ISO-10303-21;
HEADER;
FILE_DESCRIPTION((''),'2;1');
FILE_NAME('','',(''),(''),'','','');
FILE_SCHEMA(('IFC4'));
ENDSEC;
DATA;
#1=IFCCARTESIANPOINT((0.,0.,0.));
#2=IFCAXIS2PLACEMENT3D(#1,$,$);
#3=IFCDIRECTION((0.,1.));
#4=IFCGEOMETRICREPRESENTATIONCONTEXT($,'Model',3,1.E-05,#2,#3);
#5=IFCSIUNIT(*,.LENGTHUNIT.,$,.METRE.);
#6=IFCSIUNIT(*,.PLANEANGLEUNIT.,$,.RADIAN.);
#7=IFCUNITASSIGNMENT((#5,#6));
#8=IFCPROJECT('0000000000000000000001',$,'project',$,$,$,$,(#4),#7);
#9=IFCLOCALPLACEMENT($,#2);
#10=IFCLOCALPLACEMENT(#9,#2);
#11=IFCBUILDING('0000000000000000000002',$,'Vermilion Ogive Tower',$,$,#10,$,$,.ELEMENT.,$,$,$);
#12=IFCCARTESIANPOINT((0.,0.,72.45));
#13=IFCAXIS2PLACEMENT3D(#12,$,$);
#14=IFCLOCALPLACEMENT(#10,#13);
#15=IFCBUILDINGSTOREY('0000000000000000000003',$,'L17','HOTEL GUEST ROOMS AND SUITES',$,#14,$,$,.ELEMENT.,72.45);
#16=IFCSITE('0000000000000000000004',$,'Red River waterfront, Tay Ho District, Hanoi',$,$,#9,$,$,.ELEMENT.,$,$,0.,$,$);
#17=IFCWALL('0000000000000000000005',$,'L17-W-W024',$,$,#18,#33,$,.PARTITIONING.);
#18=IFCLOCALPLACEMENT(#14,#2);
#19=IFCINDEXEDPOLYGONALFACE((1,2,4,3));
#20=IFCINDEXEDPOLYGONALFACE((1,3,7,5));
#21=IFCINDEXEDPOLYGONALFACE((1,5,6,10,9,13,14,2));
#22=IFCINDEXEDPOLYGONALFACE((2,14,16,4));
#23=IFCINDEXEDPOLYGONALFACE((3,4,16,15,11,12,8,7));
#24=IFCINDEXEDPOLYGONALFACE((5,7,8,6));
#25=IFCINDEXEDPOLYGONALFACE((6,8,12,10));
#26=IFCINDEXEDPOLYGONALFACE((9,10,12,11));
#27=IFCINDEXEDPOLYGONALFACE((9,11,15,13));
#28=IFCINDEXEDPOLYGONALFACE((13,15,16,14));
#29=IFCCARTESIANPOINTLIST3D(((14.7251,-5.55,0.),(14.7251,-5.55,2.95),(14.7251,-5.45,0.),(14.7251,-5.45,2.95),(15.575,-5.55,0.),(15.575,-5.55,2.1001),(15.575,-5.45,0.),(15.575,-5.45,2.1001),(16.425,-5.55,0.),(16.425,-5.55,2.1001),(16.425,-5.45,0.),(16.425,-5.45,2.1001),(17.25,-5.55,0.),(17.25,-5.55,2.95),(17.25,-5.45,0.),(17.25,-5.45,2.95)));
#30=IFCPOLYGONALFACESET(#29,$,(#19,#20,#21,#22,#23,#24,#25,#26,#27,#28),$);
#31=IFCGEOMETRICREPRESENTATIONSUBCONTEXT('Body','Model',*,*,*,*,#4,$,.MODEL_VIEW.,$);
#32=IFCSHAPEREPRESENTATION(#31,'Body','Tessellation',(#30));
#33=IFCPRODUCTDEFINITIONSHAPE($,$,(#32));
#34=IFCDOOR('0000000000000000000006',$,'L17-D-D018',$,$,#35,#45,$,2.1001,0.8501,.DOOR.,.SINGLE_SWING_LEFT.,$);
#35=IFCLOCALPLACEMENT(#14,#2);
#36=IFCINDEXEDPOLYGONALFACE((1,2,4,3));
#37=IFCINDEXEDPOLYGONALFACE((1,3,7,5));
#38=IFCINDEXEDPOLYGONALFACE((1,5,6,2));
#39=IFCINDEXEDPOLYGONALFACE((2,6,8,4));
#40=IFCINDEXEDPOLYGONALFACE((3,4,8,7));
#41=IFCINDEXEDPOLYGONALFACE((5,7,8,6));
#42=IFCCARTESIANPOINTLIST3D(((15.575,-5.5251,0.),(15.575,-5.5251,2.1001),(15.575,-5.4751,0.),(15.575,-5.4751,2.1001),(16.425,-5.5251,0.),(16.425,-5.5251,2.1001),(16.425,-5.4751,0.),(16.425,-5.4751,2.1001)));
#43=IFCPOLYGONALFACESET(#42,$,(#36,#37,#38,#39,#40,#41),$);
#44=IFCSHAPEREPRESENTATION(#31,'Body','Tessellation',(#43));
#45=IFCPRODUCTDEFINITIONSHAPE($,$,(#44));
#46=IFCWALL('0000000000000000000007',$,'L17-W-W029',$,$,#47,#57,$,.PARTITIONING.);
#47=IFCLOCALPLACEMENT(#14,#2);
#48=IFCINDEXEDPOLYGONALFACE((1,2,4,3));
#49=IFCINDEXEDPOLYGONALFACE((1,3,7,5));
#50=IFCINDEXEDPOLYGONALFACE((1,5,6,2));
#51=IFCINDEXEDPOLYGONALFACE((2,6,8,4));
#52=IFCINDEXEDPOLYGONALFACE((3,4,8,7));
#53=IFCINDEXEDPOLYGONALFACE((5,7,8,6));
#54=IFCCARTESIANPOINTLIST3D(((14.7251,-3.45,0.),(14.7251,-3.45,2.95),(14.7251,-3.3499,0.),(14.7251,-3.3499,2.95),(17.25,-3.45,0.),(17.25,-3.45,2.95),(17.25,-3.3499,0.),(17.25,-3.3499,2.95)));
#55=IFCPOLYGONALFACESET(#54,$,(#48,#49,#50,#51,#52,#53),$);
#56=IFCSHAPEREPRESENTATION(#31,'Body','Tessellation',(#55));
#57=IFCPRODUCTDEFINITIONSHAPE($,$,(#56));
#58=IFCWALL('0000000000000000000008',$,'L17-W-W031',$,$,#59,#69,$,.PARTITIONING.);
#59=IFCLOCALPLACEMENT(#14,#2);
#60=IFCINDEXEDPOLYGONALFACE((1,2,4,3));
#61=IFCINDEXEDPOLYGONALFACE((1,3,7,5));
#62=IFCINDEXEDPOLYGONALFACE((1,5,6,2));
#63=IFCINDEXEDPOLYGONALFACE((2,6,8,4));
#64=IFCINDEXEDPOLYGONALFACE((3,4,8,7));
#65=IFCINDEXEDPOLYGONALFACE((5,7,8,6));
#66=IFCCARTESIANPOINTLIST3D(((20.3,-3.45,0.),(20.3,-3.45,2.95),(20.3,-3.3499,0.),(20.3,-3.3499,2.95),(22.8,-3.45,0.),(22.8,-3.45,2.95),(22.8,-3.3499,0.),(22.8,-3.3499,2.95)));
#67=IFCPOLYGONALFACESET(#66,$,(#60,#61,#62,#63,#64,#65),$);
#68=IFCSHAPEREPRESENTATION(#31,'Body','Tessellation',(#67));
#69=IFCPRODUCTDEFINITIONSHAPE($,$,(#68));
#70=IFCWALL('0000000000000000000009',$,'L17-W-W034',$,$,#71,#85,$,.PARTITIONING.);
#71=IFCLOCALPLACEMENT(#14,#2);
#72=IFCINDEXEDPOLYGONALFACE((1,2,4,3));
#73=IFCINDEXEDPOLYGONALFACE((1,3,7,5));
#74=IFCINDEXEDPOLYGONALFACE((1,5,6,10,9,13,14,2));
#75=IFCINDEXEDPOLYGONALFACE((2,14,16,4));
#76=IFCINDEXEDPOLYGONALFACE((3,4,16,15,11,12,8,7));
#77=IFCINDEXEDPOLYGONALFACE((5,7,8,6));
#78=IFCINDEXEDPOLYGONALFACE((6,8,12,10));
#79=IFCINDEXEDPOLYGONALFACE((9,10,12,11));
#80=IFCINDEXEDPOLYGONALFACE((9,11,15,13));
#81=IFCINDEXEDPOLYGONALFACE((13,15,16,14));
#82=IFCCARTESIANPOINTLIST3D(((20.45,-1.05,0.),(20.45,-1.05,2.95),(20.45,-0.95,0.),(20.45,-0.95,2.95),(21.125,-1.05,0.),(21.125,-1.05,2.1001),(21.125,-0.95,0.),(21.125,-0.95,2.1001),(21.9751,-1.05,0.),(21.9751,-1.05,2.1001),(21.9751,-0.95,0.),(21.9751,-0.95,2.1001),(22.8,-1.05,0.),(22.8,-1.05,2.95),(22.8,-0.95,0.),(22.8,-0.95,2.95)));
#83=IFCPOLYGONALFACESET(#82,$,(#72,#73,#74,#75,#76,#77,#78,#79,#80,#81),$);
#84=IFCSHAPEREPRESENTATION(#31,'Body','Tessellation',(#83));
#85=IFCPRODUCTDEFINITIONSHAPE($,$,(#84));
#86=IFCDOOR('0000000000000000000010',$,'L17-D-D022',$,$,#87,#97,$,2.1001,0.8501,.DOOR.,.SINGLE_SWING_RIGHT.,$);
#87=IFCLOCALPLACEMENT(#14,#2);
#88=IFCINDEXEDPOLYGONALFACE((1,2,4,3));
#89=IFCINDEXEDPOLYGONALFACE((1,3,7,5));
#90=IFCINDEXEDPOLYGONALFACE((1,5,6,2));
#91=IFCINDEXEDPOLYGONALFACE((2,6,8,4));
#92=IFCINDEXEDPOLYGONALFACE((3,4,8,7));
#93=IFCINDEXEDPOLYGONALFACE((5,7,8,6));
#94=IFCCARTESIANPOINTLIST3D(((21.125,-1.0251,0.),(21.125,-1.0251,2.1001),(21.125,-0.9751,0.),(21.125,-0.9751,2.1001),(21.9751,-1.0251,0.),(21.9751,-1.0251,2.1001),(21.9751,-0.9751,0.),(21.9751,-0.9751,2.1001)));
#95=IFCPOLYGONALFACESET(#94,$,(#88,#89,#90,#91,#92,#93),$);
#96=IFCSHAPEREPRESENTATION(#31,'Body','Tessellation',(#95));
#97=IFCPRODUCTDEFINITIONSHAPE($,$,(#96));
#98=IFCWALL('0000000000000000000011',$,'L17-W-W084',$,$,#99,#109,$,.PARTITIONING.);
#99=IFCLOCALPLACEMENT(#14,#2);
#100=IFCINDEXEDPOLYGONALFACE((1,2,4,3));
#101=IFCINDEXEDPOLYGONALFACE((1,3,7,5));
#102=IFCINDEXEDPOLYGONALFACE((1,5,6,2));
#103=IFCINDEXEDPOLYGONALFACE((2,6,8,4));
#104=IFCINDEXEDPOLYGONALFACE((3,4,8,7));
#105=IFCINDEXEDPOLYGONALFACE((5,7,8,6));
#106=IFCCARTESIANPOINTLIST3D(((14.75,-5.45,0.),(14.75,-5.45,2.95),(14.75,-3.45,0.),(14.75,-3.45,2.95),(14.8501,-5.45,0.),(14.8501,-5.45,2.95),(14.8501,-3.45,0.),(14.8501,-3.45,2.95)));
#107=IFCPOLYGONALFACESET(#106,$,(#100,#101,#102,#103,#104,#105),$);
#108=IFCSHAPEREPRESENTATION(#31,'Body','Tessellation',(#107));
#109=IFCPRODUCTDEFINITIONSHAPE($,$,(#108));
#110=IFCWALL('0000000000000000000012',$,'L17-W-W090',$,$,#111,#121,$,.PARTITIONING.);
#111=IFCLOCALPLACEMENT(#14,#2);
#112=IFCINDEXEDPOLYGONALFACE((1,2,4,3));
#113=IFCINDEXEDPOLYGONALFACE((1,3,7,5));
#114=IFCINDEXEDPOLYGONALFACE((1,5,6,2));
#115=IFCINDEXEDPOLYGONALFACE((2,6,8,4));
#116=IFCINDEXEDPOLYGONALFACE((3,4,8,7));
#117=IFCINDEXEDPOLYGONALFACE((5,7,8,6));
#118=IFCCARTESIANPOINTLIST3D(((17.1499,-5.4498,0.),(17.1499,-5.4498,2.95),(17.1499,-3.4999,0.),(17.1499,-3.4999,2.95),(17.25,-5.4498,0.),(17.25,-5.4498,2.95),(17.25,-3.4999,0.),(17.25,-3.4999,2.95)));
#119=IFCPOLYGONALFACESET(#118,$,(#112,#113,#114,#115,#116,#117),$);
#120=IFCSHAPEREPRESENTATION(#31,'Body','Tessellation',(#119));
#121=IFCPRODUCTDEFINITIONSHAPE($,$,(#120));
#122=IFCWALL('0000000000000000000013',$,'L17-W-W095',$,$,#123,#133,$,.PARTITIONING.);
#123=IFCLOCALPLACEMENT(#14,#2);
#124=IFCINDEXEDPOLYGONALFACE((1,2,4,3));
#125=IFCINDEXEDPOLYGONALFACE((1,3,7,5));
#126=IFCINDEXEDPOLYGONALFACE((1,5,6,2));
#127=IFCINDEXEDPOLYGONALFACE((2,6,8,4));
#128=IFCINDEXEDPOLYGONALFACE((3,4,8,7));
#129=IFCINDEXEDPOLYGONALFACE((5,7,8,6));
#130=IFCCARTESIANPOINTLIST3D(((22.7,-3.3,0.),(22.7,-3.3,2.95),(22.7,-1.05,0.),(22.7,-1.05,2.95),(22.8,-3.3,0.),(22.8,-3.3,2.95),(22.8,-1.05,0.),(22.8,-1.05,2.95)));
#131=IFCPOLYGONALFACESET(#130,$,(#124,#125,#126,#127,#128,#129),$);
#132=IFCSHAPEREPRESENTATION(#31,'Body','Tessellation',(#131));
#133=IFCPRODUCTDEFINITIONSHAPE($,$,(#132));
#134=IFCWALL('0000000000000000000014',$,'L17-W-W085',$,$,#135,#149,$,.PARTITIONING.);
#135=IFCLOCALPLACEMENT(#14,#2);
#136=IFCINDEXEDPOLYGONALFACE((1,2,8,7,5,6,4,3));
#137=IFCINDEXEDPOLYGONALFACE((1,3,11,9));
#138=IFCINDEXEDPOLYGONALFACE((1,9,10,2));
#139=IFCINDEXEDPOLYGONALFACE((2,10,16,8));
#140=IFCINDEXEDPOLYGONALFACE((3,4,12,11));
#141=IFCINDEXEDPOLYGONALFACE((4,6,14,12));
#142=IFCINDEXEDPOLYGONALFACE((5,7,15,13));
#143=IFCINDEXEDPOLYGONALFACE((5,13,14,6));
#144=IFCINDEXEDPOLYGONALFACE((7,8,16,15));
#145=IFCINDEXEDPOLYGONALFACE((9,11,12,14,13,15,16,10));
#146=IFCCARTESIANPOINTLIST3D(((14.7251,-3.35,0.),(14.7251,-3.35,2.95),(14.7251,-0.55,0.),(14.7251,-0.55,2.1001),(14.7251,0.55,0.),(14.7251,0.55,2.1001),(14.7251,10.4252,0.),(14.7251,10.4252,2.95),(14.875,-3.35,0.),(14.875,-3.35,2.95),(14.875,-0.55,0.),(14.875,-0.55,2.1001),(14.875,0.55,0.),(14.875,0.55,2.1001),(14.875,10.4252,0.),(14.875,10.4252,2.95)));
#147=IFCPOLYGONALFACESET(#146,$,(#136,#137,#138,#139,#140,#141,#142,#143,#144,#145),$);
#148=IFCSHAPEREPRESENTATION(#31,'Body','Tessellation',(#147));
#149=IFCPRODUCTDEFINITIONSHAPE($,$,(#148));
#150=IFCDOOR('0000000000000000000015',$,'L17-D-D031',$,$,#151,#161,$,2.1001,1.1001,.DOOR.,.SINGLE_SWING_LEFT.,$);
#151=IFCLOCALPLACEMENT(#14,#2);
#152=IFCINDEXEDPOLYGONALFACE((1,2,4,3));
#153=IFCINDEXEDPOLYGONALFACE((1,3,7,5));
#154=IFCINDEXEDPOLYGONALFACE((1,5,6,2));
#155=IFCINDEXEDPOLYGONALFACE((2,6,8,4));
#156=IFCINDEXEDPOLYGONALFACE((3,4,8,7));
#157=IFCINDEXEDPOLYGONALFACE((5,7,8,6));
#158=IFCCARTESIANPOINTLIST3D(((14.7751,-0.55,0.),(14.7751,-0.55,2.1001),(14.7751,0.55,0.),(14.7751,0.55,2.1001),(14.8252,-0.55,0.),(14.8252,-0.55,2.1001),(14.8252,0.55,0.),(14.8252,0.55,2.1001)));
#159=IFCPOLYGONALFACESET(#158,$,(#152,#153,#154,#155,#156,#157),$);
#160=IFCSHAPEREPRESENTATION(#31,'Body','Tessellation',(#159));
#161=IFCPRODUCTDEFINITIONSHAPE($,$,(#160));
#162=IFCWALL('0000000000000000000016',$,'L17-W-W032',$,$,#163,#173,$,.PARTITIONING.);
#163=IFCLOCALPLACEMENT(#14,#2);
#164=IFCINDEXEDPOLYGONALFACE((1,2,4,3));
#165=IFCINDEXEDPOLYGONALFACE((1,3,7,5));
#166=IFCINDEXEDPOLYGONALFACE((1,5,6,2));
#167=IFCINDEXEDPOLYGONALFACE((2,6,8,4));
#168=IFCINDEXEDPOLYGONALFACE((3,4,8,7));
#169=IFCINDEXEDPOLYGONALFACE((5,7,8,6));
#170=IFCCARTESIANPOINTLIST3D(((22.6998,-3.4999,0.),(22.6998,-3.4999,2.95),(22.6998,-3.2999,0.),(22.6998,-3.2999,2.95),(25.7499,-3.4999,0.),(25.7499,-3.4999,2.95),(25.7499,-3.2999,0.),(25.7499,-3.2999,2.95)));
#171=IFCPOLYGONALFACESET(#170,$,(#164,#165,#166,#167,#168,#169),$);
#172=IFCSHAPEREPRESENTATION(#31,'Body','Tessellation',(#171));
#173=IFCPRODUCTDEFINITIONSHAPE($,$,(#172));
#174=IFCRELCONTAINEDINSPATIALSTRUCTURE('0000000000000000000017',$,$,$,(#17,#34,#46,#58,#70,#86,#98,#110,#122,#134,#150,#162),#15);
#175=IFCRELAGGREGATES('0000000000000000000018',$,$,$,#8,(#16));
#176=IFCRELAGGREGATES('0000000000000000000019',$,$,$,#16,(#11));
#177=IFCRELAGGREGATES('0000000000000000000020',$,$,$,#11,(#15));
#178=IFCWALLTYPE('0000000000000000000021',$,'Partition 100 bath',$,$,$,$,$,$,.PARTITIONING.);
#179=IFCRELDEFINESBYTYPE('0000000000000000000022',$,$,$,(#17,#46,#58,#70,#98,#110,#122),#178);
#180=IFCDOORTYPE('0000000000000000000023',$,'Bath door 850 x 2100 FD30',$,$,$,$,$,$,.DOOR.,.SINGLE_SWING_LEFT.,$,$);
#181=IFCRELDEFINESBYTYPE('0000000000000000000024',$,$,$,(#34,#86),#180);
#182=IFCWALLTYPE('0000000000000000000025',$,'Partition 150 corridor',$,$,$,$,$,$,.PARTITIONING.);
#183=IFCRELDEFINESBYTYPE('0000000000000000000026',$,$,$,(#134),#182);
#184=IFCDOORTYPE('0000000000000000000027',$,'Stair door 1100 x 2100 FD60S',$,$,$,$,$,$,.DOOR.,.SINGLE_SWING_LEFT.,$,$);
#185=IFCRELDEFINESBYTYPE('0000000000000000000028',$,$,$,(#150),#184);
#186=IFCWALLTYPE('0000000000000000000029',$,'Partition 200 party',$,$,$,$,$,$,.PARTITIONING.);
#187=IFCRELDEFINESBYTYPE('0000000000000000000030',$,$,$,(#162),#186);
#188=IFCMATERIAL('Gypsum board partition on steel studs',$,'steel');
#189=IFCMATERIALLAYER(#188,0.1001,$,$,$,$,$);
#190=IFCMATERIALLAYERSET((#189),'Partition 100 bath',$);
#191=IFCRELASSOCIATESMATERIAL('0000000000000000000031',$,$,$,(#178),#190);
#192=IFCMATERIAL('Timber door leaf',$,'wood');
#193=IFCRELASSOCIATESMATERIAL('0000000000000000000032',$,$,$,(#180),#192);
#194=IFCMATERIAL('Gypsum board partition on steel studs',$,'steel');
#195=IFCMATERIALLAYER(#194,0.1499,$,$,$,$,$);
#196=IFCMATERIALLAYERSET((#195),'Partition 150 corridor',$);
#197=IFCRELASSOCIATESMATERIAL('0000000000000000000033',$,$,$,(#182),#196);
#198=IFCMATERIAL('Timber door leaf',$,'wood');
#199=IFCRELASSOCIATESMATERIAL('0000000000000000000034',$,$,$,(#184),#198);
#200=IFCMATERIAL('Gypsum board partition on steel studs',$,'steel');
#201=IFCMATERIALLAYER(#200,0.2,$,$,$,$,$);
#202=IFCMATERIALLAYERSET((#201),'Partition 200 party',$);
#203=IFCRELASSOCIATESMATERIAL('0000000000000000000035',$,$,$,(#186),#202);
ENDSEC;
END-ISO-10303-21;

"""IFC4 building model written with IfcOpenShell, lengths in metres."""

from ifc_helpers import new_model, si_unit, direction, frame, frame_2d, origin, place, context, subcontext, project, spatial, rectangle, extrude, material, layer, layer_set, type_object, element, fill, save


model = new_model("IFC4")

# Units and contexts
model_context = context("Model", 3, precision=1e-05, world=origin(), true_north=direction((0.0, 1.0)))
body_context = subcontext(model_context, "Body", "Model", "MODEL_VIEW")
ifc_project = project(units=[si_unit("LENGTHUNIT", "METRE"), si_unit("PLANEANGLEUNIT", "RADIAN")], contexts=[model_context])

# Site, building, storey
site_placement = place(None, origin())
site = spatial("IfcSite", under=ifc_project, at=site_placement, Name="Red River waterfront, Tay Ho District, Hanoi", CompositionType="ELEMENT", RefElevation=0.0)
building_placement = place(site_placement, origin())
building = spatial("IfcBuilding", under=site, at=building_placement, Name="Vermilion Ogive Tower", CompositionType="ELEMENT")
storey_placement = place(building_placement, frame((0.0, 0.0, 72.45)))
storey = spatial("IfcBuildingStorey", under=building, at=storey_placement, Name="L17", Description="HOTEL GUEST ROOMS AND SUITES", CompositionType="ELEMENT", Elevation=72.45)

# Wall, opening, door
ifc_material_1 = material(Name="Gypsum board partition on steel studs", Category="steel")
ifc_layer_1 = layer(ifc_material_1, 0.1001)
ifc_layer_set_1 = layer_set([ifc_layer_1], Name="Partition 100 bath")
wall_type_1 = type_object("IfcWallType", Name="Partition 100 bath", PredefinedType="PARTITIONING", material=ifc_layer_set_1)
wall_1_placement = place(storey_placement, frame((14.7251, -5.5, 0.0), z_axis=(0.0, 0.0, 1.0), x_axis=(1.0, 0.0, 0.0)))
wall_1 = element("IfcWall", 1, at=wall_1_placement, inside=storey, type_object=wall_type_1, Name="L17-W-W024", PredefinedType="PARTITIONING", context=body_context, shape_type="SweptSolid", body=[
    extrude(rectangle(XDim=2.5249, YDim=0.1001, at=frame_2d((1.2625, 0.0))), origin(), (0.0, 0.0, 1.0), 2.95),
])
opening_1_placement = place(wall_1_placement, frame((0.8499, 0.0, 0.0)))
opening_1 = element("IfcOpeningElement", 2, at=opening_1_placement, cuts=wall_1, PredefinedType="OPENING", context=body_context, shape_type="SweptSolid", body=[
    extrude(rectangle(XDim=0.8501, YDim=2.1001, at=frame_2d((0.425, 1.05))), frame((0.0, 0.0601, 0.0), z_axis=(0.0, -1.0, 0.0), x_axis=(1.0, 0.0, 0.0)), (0.0, 0.0, 1.0), 0.1201),
])
ifc_material_2 = material(Name="Timber door leaf", Category="wood")
door_type_1 = type_object("IfcDoorType", Name="Bath door 850 x 2100 FD30", OperationType="SINGLE_SWING_LEFT", PredefinedType="DOOR", material=ifc_material_2)
door_1_placement = place(opening_1_placement, origin())
door_1 = element("IfcDoor", 3, at=door_1_placement, inside=storey, type_object=door_type_1, Name="L17-D-D018", OperationType="SINGLE_SWING_LEFT", OverallHeight=2.1001, OverallWidth=0.8501, PredefinedType="DOOR", context=body_context, shape_type="SweptSolid", body=[
    extrude(rectangle(XDim=0.8501, YDim=2.1001, at=frame_2d((0.425, 1.05))), frame((0.0, 0.0249, 0.0), z_axis=(0.0, -1.0, 0.0), x_axis=(1.0, 0.0, 0.0)), (0.0, 0.0, 1.0), 0.05),
])
fill(opening_1, door_1)

# Walls
wall_2_placement = place(storey_placement, frame((14.7251, -3.3999, 0.0), z_axis=(0.0, 0.0, 1.0), x_axis=(1.0, 0.0, 0.0)))
element("IfcWall", 4, at=wall_2_placement, inside=storey, type_object=wall_type_1, Name="L17-W-W029", PredefinedType="PARTITIONING", context=body_context, shape_type="SweptSolid", body=[
    extrude(rectangle(XDim=2.5249, YDim=0.1001, at=frame_2d((1.2625, 0.0))), origin(), (0.0, 0.0, 1.0), 2.95),
])
wall_3_placement = place(storey_placement, frame((20.3, -3.3999, 0.0), z_axis=(0.0, 0.0, 1.0), x_axis=(1.0, 0.0, 0.0)))
element("IfcWall", 5, at=wall_3_placement, inside=storey, type_object=wall_type_1, Name="L17-W-W031", PredefinedType="PARTITIONING", context=body_context, shape_type="SweptSolid", body=[
    extrude(rectangle(XDim=2.5, YDim=0.1001, at=frame_2d((1.25, 0.0))), origin(), (0.0, 0.0, 1.0), 2.95),
])

# Wall, opening, door
wall_4_placement = place(storey_placement, frame((20.45, -1.0, 0.0), z_axis=(0.0, 0.0, 1.0), x_axis=(1.0, 0.0, 0.0)))
wall_4 = element("IfcWall", 6, at=wall_4_placement, inside=storey, type_object=wall_type_1, Name="L17-W-W034", PredefinedType="PARTITIONING", context=body_context, shape_type="SweptSolid", body=[
    extrude(rectangle(XDim=2.3501, YDim=0.1001, at=frame_2d((1.175, 0.0))), origin(), (0.0, 0.0, 1.0), 2.95),
])
opening_2_placement = place(wall_4_placement, frame((0.675, 0.0, 0.0)))
opening_2 = element("IfcOpeningElement", 7, at=opening_2_placement, cuts=wall_4, PredefinedType="OPENING", context=body_context, shape_type="SweptSolid", body=[
    extrude(rectangle(XDim=0.8501, YDim=2.1001, at=frame_2d((0.425, 1.05))), frame((0.0, 0.0601, 0.0), z_axis=(0.0, -1.0, 0.0), x_axis=(1.0, 0.0, 0.0)), (0.0, 0.0, 1.0), 0.1201),
])
door_2_placement = place(opening_2_placement, origin())
door_2 = element("IfcDoor", 8, at=door_2_placement, inside=storey, type_object=door_type_1, Name="L17-D-D022", OperationType="SINGLE_SWING_RIGHT", OverallHeight=2.1001, OverallWidth=0.8501, PredefinedType="DOOR", context=body_context, shape_type="SweptSolid", body=[
    extrude(rectangle(XDim=0.8501, YDim=2.1001, at=frame_2d((0.425, 1.05))), frame((0.0, 0.0249, 0.0), z_axis=(0.0, -1.0, 0.0), x_axis=(1.0, 0.0, 0.0)), (0.0, 0.0, 1.0), 0.05),
])
fill(opening_2, door_2)

# Walls
wall_5_placement = place(storey_placement, frame((14.8, -5.45, 0.0), z_axis=(0.0, 0.0, 1.0), x_axis=(0.0, 1.0, 0.0)))
element("IfcWall", 9, at=wall_5_placement, inside=storey, type_object=wall_type_1, Name="L17-W-W084", PredefinedType="PARTITIONING", context=body_context, shape_type="SweptSolid", body=[
    extrude(rectangle(XDim=2.0, YDim=0.1001, at=frame_2d((1.0, 0.0))), origin(), (0.0, 0.0, 1.0), 2.95),
])
wall_6_placement = place(storey_placement, frame((17.2, -5.45, 0.0), z_axis=(0.0, 0.0, 1.0), x_axis=(0.0, 1.0, 0.0)))
element("IfcWall", 10, at=wall_6_placement, inside=storey, type_object=wall_type_1, Name="L17-W-W090", PredefinedType="PARTITIONING", context=body_context, shape_type="SweptSolid", body=[
    extrude(rectangle(XDim=1.95, YDim=0.1001, at=frame_2d((0.9751, 0.0))), origin(), (0.0, 0.0, 1.0), 2.95),
])
wall_7_placement = place(storey_placement, frame((22.75, -3.3, 0.0), z_axis=(0.0, 0.0, 1.0), x_axis=(0.0, 1.0, 0.0)))
element("IfcWall", 11, at=wall_7_placement, inside=storey, type_object=wall_type_1, Name="L17-W-W095", PredefinedType="PARTITIONING", context=body_context, shape_type="SweptSolid", body=[
    extrude(rectangle(XDim=2.25, YDim=0.1001, at=frame_2d((1.125, 0.0))), origin(), (0.0, 0.0, 1.0), 2.95),
])

# Wall, opening, door
ifc_material_3 = material(Name="Gypsum board partition on steel studs", Category="steel")
ifc_layer_2 = layer(ifc_material_3, 0.1499)
ifc_layer_set_2 = layer_set([ifc_layer_2], Name="Partition 150 corridor")
wall_type_2 = type_object("IfcWallType", Name="Partition 150 corridor", PredefinedType="PARTITIONING", material=ifc_layer_set_2)
wall_8_placement = place(storey_placement, frame((14.8, -3.3501, 0.0), z_axis=(0.0, 0.0, 1.0), x_axis=(0.0, 1.0, 0.0)))
wall_8 = element("IfcWall", 12, at=wall_8_placement, inside=storey, type_object=wall_type_2, Name="L17-W-W085", PredefinedType="PARTITIONING", context=body_context, shape_type="SweptSolid", body=[
    extrude(rectangle(XDim=13.7751, YDim=0.1499, at=frame_2d((6.8877, 0.0))), origin(), (0.0, 0.0, 1.0), 2.95),
])
opening_3_placement = place(wall_8_placement, frame((2.8, 0.0, 0.0)))
opening_3 = element("IfcOpeningElement", 13, at=opening_3_placement, cuts=wall_8, PredefinedType="OPENING", context=body_context, shape_type="SweptSolid", body=[
    extrude(rectangle(XDim=1.1001, YDim=2.1001, at=frame_2d((0.55, 1.05))), frame((0.0, 0.085, 0.0), z_axis=(0.0, -1.0, 0.0), x_axis=(1.0, 0.0, 0.0)), (0.0, 0.0, 1.0), 0.1699),
])
ifc_material_4 = material(Name="Timber door leaf", Category="wood")
door_type_2 = type_object("IfcDoorType", Name="Stair door 1100 x 2100 FD60S", OperationType="SINGLE_SWING_LEFT", PredefinedType="DOOR", material=ifc_material_4)
door_3_placement = place(opening_3_placement, origin())
door_3 = element("IfcDoor", 14, at=door_3_placement, inside=storey, type_object=door_type_2, Name="L17-D-D031", OperationType="SINGLE_SWING_LEFT", OverallHeight=2.1001, OverallWidth=1.1001, PredefinedType="DOOR", context=body_context, shape_type="SweptSolid", body=[
    extrude(rectangle(XDim=1.1001, YDim=2.1001, at=frame_2d((0.55, 1.05))), frame((0.0, 0.0249, 0.0), z_axis=(0.0, -1.0, 0.0), x_axis=(1.0, 0.0, 0.0)), (0.0, 0.0, 1.0), 0.05),
])
fill(opening_3, door_3)

# Wall
ifc_material_5 = material(Name="Gypsum board partition on steel studs", Category="steel")
ifc_layer_3 = layer(ifc_material_5, 0.2)
ifc_layer_set_3 = layer_set([ifc_layer_3], Name="Partition 200 party")
wall_type_3 = type_object("IfcWallType", Name="Partition 200 party", PredefinedType="PARTITIONING", material=ifc_layer_set_3)
wall_9_placement = place(storey_placement, frame((22.7, -3.3999, 0.0), z_axis=(0.0, 0.0, 1.0), x_axis=(1.0, 0.0, 0.0)))
element("IfcWall", 15, at=wall_9_placement, inside=storey, type_object=wall_type_3, Name="L17-W-W032", PredefinedType="PARTITIONING", context=body_context, shape_type="SweptSolid", body=[
    extrude(rectangle(XDim=3.05, YDim=0.2, at=frame_2d((1.5249, 0.0))), origin(), (0.0, 0.0, 1.0), 2.95),
])

save(model, "model.ifc")
